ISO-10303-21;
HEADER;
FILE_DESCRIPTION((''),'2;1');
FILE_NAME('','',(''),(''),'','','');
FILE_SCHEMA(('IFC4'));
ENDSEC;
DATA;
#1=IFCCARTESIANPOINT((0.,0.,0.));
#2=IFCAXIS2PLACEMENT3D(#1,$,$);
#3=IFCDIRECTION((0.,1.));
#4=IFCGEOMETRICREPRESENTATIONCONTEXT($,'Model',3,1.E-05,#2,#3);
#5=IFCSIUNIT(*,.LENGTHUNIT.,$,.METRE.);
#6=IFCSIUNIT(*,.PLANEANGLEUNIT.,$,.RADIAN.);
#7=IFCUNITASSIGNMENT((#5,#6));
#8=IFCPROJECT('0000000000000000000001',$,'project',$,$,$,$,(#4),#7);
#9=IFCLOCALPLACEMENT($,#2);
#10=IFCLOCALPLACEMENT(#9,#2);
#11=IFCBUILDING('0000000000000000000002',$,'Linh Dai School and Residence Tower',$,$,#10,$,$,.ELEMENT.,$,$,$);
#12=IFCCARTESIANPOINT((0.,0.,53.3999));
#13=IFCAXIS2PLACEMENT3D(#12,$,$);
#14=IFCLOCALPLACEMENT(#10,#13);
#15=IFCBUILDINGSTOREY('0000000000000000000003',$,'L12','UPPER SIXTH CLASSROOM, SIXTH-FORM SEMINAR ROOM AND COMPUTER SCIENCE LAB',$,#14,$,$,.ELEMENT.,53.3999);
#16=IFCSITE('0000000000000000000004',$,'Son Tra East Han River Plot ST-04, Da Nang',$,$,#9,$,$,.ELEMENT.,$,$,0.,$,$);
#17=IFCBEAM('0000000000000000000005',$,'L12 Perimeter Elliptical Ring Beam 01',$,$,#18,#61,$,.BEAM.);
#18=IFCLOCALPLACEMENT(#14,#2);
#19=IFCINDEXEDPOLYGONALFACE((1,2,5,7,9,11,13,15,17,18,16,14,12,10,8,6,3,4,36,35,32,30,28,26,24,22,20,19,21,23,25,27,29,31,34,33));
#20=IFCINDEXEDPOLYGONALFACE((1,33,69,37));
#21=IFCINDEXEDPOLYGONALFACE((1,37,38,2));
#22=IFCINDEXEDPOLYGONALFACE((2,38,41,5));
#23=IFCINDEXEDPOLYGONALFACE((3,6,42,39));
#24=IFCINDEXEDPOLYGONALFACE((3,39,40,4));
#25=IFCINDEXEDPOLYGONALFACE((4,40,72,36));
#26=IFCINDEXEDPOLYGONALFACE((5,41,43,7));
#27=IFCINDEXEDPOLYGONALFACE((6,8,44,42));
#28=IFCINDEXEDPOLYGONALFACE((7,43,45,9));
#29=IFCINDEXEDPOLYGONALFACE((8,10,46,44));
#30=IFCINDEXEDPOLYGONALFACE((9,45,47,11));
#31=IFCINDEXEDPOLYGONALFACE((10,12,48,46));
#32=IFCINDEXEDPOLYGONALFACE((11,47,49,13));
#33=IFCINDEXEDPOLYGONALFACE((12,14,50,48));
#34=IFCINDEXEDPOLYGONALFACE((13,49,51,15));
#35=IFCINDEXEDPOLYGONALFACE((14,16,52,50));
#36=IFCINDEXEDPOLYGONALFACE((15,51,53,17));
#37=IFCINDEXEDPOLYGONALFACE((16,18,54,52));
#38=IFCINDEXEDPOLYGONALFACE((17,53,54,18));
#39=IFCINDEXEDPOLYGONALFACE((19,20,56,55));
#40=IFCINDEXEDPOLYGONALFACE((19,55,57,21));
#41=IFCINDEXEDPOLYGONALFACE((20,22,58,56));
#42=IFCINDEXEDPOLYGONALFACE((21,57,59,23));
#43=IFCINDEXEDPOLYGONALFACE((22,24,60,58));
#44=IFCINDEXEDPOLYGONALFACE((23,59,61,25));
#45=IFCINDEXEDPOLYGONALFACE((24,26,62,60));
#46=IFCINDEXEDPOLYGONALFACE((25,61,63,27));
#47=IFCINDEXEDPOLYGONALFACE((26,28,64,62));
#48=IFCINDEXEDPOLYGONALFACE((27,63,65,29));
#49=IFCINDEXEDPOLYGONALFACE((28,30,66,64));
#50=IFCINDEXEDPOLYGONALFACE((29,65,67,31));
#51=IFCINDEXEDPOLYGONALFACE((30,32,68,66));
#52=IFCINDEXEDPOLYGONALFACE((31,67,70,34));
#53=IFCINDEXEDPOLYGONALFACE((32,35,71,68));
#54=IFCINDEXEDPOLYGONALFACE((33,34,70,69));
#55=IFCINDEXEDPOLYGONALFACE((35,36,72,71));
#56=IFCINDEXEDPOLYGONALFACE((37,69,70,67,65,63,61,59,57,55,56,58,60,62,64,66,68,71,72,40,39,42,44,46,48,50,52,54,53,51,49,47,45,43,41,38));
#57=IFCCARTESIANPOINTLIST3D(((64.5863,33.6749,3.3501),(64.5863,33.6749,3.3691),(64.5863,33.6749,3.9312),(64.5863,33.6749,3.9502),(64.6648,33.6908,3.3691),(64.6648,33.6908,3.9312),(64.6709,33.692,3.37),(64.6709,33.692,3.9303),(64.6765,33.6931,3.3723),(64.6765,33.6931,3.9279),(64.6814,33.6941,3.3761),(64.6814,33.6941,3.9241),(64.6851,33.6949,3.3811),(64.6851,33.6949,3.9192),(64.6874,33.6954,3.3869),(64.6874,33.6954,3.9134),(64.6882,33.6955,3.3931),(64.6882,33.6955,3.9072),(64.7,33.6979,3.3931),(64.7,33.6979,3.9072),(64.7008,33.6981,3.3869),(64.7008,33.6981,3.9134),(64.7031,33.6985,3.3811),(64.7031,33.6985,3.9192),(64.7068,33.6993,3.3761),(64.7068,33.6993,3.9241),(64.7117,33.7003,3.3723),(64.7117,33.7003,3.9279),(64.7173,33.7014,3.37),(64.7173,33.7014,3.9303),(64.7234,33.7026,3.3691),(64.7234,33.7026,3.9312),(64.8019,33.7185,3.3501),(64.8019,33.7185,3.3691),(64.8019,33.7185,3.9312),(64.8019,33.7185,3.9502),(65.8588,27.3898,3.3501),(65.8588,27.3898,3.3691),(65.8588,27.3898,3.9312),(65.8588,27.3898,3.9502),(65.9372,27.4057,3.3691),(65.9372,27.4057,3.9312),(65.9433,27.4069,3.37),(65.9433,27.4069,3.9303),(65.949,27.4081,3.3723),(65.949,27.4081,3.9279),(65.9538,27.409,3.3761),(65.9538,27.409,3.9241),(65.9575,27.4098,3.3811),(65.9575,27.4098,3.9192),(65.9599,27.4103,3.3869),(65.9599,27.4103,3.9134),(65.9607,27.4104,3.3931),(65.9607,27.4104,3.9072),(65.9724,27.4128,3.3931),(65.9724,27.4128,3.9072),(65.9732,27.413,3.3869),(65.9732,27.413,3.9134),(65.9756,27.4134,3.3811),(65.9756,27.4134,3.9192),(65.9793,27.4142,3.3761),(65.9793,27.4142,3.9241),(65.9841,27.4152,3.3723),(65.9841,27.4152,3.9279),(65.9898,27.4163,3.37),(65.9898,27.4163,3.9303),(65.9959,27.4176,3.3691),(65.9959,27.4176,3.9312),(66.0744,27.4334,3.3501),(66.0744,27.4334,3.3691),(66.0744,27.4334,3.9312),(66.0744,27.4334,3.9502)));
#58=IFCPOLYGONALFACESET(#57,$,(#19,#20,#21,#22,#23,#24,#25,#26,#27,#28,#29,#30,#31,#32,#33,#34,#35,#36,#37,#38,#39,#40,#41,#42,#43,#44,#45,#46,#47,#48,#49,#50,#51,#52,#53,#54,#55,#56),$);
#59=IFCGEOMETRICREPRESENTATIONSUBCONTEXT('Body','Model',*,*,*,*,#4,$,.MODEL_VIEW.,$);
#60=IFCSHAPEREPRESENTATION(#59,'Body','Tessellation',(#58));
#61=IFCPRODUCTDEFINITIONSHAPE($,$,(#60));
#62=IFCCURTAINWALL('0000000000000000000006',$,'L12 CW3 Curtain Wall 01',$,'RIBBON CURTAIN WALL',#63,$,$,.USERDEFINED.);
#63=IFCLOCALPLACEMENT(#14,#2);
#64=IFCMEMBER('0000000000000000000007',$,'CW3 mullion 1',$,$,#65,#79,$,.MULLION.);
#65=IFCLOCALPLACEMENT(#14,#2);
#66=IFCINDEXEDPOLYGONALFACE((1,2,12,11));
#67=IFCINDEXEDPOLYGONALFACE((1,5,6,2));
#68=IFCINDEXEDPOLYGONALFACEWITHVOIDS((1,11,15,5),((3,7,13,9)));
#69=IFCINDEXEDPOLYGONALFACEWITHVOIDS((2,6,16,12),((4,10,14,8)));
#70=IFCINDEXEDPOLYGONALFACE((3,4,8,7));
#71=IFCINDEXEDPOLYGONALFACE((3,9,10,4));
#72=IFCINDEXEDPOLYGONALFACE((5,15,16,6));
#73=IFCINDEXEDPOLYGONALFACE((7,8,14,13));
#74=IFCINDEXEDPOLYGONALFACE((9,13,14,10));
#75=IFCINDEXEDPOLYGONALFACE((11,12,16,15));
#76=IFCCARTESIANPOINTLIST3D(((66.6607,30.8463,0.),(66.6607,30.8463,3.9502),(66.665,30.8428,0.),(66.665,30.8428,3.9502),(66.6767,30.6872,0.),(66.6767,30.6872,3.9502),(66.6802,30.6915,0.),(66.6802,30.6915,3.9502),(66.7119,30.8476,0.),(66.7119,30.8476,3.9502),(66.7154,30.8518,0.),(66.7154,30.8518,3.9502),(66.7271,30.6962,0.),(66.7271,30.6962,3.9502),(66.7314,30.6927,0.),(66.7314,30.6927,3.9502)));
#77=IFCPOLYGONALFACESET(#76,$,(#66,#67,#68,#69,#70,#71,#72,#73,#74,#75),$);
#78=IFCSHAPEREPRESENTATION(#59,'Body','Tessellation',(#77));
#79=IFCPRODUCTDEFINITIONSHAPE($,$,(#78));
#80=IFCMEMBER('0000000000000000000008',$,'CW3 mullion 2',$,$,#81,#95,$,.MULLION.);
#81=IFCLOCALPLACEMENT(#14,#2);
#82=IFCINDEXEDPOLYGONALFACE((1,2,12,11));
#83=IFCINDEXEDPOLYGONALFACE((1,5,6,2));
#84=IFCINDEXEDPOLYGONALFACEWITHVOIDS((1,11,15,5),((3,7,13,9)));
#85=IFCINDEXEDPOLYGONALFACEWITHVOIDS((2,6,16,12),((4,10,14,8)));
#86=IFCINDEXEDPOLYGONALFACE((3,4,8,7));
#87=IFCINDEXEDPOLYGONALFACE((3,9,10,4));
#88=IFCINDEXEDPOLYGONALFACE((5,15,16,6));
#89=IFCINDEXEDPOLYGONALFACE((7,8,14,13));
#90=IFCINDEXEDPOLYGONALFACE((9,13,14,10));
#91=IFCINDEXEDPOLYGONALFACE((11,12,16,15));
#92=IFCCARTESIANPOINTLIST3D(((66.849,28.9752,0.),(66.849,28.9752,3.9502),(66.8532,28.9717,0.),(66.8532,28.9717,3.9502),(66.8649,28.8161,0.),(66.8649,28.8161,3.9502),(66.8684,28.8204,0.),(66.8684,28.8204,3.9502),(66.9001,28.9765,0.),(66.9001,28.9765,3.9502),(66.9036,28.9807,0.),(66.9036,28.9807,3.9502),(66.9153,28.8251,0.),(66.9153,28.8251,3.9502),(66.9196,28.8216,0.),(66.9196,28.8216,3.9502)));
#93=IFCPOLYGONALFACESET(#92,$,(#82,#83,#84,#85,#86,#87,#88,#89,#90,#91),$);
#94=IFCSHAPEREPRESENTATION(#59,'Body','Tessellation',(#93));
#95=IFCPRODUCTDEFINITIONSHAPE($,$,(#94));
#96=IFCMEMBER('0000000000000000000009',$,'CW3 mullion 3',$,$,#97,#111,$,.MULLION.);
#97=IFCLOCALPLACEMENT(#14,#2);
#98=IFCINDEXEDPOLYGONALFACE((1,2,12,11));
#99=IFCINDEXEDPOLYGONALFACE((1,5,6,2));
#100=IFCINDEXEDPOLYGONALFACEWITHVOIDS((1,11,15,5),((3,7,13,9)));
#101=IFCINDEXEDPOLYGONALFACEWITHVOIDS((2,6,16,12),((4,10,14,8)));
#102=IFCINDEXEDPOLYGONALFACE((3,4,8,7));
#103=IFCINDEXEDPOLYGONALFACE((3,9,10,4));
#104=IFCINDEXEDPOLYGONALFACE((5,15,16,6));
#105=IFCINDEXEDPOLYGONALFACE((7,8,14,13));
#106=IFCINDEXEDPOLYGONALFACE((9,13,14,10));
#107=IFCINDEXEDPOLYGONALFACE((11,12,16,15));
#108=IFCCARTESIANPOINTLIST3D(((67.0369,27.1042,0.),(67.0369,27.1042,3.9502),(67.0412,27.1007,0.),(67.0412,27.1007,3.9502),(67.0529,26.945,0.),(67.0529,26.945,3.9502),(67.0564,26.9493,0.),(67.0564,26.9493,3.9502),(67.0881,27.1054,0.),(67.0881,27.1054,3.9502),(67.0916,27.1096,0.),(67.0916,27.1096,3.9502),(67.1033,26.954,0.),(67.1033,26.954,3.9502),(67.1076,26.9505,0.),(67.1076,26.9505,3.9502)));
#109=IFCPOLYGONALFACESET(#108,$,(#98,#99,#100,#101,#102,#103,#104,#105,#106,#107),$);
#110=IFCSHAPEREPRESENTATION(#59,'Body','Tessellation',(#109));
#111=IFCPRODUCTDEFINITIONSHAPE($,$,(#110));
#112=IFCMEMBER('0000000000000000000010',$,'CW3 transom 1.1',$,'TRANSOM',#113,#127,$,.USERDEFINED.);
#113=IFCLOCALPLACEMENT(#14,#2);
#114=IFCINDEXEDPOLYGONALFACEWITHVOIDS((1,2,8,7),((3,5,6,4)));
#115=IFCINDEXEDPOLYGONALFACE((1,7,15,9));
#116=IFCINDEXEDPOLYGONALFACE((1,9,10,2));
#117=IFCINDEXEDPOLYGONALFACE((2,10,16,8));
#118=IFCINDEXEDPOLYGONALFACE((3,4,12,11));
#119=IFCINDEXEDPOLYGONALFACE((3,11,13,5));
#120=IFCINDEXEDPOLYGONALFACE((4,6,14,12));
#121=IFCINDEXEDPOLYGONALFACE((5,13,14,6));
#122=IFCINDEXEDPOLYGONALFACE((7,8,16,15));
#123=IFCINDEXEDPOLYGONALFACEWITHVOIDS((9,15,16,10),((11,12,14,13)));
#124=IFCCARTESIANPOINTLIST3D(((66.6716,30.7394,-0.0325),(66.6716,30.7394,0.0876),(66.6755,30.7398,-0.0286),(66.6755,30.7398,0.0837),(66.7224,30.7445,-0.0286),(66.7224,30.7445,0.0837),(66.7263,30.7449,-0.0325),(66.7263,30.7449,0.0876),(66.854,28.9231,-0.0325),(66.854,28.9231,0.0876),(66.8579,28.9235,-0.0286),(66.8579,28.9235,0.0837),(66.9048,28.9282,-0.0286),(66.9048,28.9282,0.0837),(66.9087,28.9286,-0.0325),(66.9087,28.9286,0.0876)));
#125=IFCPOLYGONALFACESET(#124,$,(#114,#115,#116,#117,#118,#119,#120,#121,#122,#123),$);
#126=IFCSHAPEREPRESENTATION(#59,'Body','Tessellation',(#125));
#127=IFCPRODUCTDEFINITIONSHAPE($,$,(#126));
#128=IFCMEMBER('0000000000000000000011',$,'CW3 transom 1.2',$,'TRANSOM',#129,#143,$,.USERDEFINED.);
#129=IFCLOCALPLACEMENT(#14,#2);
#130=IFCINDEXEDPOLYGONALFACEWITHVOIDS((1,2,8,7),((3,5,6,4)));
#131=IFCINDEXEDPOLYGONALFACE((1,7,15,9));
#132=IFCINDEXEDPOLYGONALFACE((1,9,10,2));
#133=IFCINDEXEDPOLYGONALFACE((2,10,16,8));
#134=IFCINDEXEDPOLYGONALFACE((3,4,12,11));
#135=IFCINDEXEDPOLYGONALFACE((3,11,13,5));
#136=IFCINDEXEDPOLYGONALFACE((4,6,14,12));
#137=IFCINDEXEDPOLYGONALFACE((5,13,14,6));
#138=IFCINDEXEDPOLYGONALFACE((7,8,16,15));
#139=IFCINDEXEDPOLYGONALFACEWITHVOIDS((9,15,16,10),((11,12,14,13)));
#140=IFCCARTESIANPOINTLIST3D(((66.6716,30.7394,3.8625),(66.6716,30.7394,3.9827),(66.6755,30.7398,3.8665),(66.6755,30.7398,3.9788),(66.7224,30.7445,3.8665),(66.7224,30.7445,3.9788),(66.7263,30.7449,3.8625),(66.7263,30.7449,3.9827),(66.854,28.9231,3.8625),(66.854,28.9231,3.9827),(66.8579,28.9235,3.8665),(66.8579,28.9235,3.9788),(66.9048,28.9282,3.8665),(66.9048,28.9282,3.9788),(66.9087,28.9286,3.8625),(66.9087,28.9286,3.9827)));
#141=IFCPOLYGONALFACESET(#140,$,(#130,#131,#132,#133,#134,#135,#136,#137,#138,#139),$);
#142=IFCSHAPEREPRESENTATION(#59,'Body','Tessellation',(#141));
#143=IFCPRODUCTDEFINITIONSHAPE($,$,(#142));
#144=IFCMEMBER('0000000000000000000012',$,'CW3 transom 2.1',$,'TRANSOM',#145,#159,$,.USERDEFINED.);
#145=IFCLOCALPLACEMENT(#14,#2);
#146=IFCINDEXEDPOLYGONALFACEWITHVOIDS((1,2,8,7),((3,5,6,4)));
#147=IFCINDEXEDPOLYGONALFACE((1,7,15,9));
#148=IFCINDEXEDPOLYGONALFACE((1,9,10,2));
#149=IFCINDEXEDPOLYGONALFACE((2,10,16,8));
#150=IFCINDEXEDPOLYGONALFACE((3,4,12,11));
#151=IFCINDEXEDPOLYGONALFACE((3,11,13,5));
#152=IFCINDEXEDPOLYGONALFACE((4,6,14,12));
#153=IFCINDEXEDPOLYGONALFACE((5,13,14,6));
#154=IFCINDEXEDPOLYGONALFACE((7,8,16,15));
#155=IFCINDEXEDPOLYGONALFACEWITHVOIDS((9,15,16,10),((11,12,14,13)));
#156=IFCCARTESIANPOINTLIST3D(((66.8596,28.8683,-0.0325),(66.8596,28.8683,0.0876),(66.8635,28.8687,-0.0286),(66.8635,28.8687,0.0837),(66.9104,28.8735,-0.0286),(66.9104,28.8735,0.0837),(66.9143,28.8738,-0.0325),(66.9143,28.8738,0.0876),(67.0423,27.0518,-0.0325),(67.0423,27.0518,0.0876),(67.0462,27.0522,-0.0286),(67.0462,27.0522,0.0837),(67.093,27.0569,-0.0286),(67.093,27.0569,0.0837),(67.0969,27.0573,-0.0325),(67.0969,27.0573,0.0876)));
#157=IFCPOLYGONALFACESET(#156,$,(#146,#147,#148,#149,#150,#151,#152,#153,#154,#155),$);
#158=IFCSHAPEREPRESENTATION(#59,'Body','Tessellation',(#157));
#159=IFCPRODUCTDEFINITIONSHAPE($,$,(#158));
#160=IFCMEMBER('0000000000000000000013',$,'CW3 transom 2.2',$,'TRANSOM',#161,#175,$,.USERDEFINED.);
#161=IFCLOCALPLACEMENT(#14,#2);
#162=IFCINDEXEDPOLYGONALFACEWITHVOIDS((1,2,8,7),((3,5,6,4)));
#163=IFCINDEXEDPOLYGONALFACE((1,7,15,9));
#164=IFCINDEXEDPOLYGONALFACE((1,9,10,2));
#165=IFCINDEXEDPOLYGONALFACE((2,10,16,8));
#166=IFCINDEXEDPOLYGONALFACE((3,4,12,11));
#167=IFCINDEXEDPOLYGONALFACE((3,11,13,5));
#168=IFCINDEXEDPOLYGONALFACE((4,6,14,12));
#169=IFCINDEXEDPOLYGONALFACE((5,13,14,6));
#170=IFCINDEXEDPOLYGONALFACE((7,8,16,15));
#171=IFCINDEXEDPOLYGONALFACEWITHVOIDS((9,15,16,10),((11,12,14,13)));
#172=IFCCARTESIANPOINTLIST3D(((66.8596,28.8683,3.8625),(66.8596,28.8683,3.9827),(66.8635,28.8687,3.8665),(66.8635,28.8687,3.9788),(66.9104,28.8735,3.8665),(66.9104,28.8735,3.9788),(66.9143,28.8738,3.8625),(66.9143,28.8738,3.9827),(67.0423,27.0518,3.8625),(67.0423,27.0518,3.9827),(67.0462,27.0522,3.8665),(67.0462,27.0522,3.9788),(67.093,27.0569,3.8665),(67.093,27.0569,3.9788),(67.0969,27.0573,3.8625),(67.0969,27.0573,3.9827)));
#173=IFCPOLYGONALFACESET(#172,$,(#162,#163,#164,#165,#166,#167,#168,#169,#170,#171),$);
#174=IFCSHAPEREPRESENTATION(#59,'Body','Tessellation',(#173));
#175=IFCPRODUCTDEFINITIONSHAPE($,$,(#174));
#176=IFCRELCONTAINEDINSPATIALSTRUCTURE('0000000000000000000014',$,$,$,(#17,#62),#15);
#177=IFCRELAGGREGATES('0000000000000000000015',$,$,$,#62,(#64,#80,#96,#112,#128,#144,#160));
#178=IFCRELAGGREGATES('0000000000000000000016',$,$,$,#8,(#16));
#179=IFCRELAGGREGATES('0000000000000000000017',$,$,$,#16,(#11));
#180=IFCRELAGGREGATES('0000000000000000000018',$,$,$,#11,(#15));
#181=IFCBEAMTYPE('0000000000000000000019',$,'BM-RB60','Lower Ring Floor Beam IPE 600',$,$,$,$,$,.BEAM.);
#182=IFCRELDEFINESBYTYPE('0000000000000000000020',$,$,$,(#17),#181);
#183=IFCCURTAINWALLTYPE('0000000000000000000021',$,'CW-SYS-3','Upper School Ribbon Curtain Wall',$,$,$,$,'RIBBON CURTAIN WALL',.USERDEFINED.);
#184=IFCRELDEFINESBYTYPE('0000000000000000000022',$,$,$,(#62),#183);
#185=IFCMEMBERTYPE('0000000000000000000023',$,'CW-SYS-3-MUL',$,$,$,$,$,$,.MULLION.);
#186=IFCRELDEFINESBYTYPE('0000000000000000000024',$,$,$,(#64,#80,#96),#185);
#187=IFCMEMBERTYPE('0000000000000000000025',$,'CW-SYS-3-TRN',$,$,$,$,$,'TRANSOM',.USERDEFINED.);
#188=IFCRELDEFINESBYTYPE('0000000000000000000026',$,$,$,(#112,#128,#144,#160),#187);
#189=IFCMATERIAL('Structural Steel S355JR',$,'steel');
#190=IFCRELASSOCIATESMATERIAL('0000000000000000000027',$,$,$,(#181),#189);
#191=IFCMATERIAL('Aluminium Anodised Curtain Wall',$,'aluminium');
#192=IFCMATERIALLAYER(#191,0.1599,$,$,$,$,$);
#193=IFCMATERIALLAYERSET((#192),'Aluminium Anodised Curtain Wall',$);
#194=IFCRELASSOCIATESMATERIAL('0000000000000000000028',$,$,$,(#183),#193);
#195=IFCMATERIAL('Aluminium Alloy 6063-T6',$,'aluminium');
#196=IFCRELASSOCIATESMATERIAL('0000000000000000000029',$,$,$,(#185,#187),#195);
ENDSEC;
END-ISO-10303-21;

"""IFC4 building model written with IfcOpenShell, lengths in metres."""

from ifc_helpers import new_model, si_unit, direction, frame, origin, origin_2d, place, context, subcontext, project, spatial, hollow_rectangle, i_section, extrude, source, transform, mapped, material, layer, layer_set, material_profile, profile_set, type_object, element, aggregate, save


model = new_model("IFC4")

# Units and contexts
model_context = context("Model", 3, precision=1e-05, world=origin(), true_north=direction((0.0, 1.0)))
body_context = subcontext(model_context, "Body", "Model", "MODEL_VIEW")
ifc_project = project(units=[si_unit("LENGTHUNIT", "METRE"), si_unit("PLANEANGLEUNIT", "RADIAN")], contexts=[model_context])

# Site, building, storey
site_placement = place(None, origin())
site = spatial("IfcSite", under=ifc_project, at=site_placement, Name="Son Tra East Han River Plot ST-04, Da Nang", CompositionType="ELEMENT", RefElevation=0.0)
building_placement = place(site_placement, origin())
building = spatial("IfcBuilding", under=site, at=building_placement, Name="Linh Dai School and Residence Tower", CompositionType="ELEMENT")
storey_placement = place(building_placement, frame((0.0, 0.0, 53.3999)))
storey = spatial("IfcBuildingStorey", under=building, at=storey_placement, Name="L12", Description="UPPER SIXTH CLASSROOM, SIXTH-FORM SEMINAR ROOM AND COMPUTER SCIENCE LAB", CompositionType="ELEMENT", Elevation=53.3999)

# Shared definitions
ifc_material_1 = material(Name="Structural Steel S355JR", Category="steel")

# Beam
ifc_material_profile_1 = material_profile(ifc_material_1, i_section(OverallWidth=0.22, OverallDepth=0.6001, WebThickness=0.012, FlangeThickness=0.019, FilletRadius=0.0239, at=origin_2d()), Name="IPE 600")
ifc_profile_set_1 = profile_set([ifc_material_profile_1], Name="Structural Steel S355JR")
beam_type_1 = type_object("IfcBeamType", Name="BM-RB60", Description="Lower Ring Floor Beam IPE 600", PredefinedType="BEAM", material=ifc_profile_set_1)
beam_1_placement = place(storey_placement, frame((65.9666, 27.4116, 3.6501), z_axis=(-0.198429, 0.980115, 0.0), x_axis=(-0.980115, -0.198429, 0.0)))
element("IfcBeam", 1, at=beam_1_placement, inside=storey, type_object=beam_type_1, Name="L12 Perimeter Elliptical Ring Beam 01", PredefinedType="BEAM", context=body_context, shape_type="SweptSolid", body=[
    extrude(i_section(OverallWidth=0.22, OverallDepth=0.6001, WebThickness=0.012, FlangeThickness=0.019, FilletRadius=0.0239, at=origin_2d()), origin(), (0.0, 0.0, 1.0), 6.4126),
])

# Curtain wall, members
ifc_material_2 = material(Name="Aluminium Anodised Curtain Wall", Category="aluminium")
ifc_layer_1 = layer(ifc_material_2, 0.1599)
ifc_layer_set_1 = layer_set([ifc_layer_1], Name="Aluminium Anodised Curtain Wall")
curtain_wall_type = type_object("IfcCurtainWallType", Name="CW-SYS-3", Description="Upper School Ribbon Curtain Wall", ElementType="RIBBON CURTAIN WALL", PredefinedType="USERDEFINED", material=ifc_layer_set_1)
curtain_wall_placement = place(storey_placement, origin())
curtain_wall = element("IfcCurtainWall", 2, at=curtain_wall_placement, inside=storey, type_object=curtain_wall_type, Name="L12 CW3 Curtain Wall 01", ObjectType="RIBBON CURTAIN WALL", PredefinedType="USERDEFINED")
ifc_material_3 = material(Name="Aluminium Alloy 6063-T6", Category="aluminium")
ifc_material_profile_2 = material_profile(ifc_material_3, hollow_rectangle(XDim=0.0549, YDim=0.1599, WallThickness=0.0039, at=origin_2d()), Name="RHS 160x55x4")
ifc_profile_set_2 = profile_set([ifc_material_profile_2], Name="Aluminium Alloy 6063-T6")
member_type_1 = type_object("IfcMemberType", Name="CW-SYS-3-MUL", PredefinedType="MULLION", material=ifc_profile_set_2)
shared_shape_1 = source(origin(), body_context, "Body", "SweptSolid", [
    extrude(hollow_rectangle(XDim=0.0549, YDim=0.1599, WallThickness=0.0039, at=origin_2d()), origin(), (0.0, 0.0, 1.0), 3.9502),
])
member_1_placement = place(storey_placement, frame((66.696, 30.7695, 0.0), z_axis=(0.0, 0.0, 1.0), x_axis=(0.994986, 0.100009, 0.0)))
member_1 = element("IfcMember", 3, at=member_1_placement, type_object=member_type_1, Name="CW3 mullion 1", PredefinedType="MULLION", context=body_context, shape_type="MappedRepresentation", body=[
    mapped(shared_shape_1, transform((0.0, 0.0, 0.0), x_axis=(1.0, 0.0, 0.0), y_axis=(0.0, 1.0, 0.0), z_axis=(0.0, 0.0, 1.0), scale=1.0)),
])
member_2_placement = place(storey_placement, frame((66.8843, 28.8984, 0.0), z_axis=(0.0, 0.0, 1.0), x_axis=(0.994986, 0.100009, 0.0)))
member_2 = element("IfcMember", 4, at=member_2_placement, type_object=member_type_1, Name="CW3 mullion 2", PredefinedType="MULLION", context=body_context, shape_type="MappedRepresentation", body=[
    mapped(shared_shape_1, transform((0.0, 0.0, 0.0), x_axis=(1.0, 0.0, 0.0), y_axis=(0.0, 1.0, 0.0), z_axis=(0.0, 0.0, 1.0), scale=1.0)),
])
member_3_placement = place(storey_placement, frame((67.0723, 27.0273, 0.0), z_axis=(0.0, 0.0, 1.0), x_axis=(0.994986, 0.100009, 0.0)))
member_3 = element("IfcMember", 5, at=member_3_placement, type_object=member_type_1, Name="CW3 mullion 3", PredefinedType="MULLION", context=body_context, shape_type="MappedRepresentation", body=[
    mapped(shared_shape_1, transform((0.0, 0.0, 0.0), x_axis=(1.0, 0.0, 0.0), y_axis=(0.0, 1.0, 0.0), z_axis=(0.0, 0.0, 1.0), scale=1.0)),
])
ifc_material_profile_3 = material_profile(ifc_material_3, hollow_rectangle(XDim=0.0549, YDim=0.1201, WallThickness=0.0039, at=origin_2d()), Name="RHS 120x55x4")
ifc_profile_set_3 = profile_set([ifc_material_profile_3], Name="Aluminium Alloy 6063-T6")
member_type_2 = type_object("IfcMemberType", Name="CW-SYS-3-TRN", ElementType="TRANSOM", PredefinedType="USERDEFINED", material=ifc_profile_set_3)
shared_shape_2 = source(origin(), body_context, "Body", "SweptSolid", [
    extrude(hollow_rectangle(XDim=0.0549, YDim=0.1201, WallThickness=0.0039, at=origin_2d()), origin(), (0.0, 0.0, 1.0), 1.8254),
])
member_4_placement = place(storey_placement, frame((66.699, 30.7422, 0.0276), z_axis=(0.099901, -0.994997, 0.0), x_axis=(0.994997, 0.099901, 0.0)))
member_4 = element("IfcMember", 6, at=member_4_placement, type_object=member_type_2, Name="CW3 transom 1.1", ObjectType="TRANSOM", PredefinedType="USERDEFINED", context=body_context, shape_type="MappedRepresentation", body=[
    mapped(shared_shape_2, transform((0.0, 0.0, 0.0), x_axis=(1.0, 0.0, 0.0), y_axis=(0.0, 1.0, 0.0), z_axis=(0.0, 0.0, 1.0), scale=1.0)),
])
member_5_placement = place(storey_placement, frame((66.699, 30.7422, 3.9226), z_axis=(0.099901, -0.994997, 0.0), x_axis=(0.994997, 0.099901, 0.0)))
member_5 = element("IfcMember", 7, at=member_5_placement, type_object=member_type_2, Name="CW3 transom 1.2", ObjectType="TRANSOM", PredefinedType="USERDEFINED", context=body_context, shape_type="MappedRepresentation", body=[
    mapped(shared_shape_2, transform((0.0, 0.0, 0.0), x_axis=(1.0, 0.0, 0.0), y_axis=(0.0, 1.0, 0.0), z_axis=(0.0, 0.0, 1.0), scale=1.0)),
])
shared_shape_3 = source(origin(), body_context, "Body", "SweptSolid", [
    extrude(hollow_rectangle(XDim=0.0549, YDim=0.1201, WallThickness=0.0039, at=origin_2d()), origin(), (0.0, 0.0, 1.0), 1.8257),
])
member_6_placement = place(storey_placement, frame((66.887, 28.8711, 0.0276), z_axis=(0.100033, -0.994984, 0.0), x_axis=(0.994984, 0.100033, 0.0)))
member_6 = element("IfcMember", 8, at=member_6_placement, type_object=member_type_2, Name="CW3 transom 2.1", ObjectType="TRANSOM", PredefinedType="USERDEFINED", context=body_context, shape_type="MappedRepresentation", body=[
    mapped(shared_shape_3, transform((0.0, 0.0, 0.0), x_axis=(1.0, 0.0, 0.0), y_axis=(0.0, 1.0, 0.0), z_axis=(0.0, 0.0, 1.0), scale=1.0)),
])
member_7_placement = place(storey_placement, frame((66.887, 28.8711, 3.9226), z_axis=(0.100033, -0.994984, 0.0), x_axis=(0.994984, 0.100033, 0.0)))
member_7 = element("IfcMember", 9, at=member_7_placement, type_object=member_type_2, Name="CW3 transom 2.2", ObjectType="TRANSOM", PredefinedType="USERDEFINED", context=body_context, shape_type="MappedRepresentation", body=[
    mapped(shared_shape_3, transform((0.0, 0.0, 0.0), x_axis=(1.0, 0.0, 0.0), y_axis=(0.0, 1.0, 0.0), z_axis=(0.0, 0.0, 1.0), scale=1.0)),
])

aggregate(curtain_wall, [member_1, member_2, member_3, member_4, member_5, member_6, member_7])

save(model, "model.ifc")
